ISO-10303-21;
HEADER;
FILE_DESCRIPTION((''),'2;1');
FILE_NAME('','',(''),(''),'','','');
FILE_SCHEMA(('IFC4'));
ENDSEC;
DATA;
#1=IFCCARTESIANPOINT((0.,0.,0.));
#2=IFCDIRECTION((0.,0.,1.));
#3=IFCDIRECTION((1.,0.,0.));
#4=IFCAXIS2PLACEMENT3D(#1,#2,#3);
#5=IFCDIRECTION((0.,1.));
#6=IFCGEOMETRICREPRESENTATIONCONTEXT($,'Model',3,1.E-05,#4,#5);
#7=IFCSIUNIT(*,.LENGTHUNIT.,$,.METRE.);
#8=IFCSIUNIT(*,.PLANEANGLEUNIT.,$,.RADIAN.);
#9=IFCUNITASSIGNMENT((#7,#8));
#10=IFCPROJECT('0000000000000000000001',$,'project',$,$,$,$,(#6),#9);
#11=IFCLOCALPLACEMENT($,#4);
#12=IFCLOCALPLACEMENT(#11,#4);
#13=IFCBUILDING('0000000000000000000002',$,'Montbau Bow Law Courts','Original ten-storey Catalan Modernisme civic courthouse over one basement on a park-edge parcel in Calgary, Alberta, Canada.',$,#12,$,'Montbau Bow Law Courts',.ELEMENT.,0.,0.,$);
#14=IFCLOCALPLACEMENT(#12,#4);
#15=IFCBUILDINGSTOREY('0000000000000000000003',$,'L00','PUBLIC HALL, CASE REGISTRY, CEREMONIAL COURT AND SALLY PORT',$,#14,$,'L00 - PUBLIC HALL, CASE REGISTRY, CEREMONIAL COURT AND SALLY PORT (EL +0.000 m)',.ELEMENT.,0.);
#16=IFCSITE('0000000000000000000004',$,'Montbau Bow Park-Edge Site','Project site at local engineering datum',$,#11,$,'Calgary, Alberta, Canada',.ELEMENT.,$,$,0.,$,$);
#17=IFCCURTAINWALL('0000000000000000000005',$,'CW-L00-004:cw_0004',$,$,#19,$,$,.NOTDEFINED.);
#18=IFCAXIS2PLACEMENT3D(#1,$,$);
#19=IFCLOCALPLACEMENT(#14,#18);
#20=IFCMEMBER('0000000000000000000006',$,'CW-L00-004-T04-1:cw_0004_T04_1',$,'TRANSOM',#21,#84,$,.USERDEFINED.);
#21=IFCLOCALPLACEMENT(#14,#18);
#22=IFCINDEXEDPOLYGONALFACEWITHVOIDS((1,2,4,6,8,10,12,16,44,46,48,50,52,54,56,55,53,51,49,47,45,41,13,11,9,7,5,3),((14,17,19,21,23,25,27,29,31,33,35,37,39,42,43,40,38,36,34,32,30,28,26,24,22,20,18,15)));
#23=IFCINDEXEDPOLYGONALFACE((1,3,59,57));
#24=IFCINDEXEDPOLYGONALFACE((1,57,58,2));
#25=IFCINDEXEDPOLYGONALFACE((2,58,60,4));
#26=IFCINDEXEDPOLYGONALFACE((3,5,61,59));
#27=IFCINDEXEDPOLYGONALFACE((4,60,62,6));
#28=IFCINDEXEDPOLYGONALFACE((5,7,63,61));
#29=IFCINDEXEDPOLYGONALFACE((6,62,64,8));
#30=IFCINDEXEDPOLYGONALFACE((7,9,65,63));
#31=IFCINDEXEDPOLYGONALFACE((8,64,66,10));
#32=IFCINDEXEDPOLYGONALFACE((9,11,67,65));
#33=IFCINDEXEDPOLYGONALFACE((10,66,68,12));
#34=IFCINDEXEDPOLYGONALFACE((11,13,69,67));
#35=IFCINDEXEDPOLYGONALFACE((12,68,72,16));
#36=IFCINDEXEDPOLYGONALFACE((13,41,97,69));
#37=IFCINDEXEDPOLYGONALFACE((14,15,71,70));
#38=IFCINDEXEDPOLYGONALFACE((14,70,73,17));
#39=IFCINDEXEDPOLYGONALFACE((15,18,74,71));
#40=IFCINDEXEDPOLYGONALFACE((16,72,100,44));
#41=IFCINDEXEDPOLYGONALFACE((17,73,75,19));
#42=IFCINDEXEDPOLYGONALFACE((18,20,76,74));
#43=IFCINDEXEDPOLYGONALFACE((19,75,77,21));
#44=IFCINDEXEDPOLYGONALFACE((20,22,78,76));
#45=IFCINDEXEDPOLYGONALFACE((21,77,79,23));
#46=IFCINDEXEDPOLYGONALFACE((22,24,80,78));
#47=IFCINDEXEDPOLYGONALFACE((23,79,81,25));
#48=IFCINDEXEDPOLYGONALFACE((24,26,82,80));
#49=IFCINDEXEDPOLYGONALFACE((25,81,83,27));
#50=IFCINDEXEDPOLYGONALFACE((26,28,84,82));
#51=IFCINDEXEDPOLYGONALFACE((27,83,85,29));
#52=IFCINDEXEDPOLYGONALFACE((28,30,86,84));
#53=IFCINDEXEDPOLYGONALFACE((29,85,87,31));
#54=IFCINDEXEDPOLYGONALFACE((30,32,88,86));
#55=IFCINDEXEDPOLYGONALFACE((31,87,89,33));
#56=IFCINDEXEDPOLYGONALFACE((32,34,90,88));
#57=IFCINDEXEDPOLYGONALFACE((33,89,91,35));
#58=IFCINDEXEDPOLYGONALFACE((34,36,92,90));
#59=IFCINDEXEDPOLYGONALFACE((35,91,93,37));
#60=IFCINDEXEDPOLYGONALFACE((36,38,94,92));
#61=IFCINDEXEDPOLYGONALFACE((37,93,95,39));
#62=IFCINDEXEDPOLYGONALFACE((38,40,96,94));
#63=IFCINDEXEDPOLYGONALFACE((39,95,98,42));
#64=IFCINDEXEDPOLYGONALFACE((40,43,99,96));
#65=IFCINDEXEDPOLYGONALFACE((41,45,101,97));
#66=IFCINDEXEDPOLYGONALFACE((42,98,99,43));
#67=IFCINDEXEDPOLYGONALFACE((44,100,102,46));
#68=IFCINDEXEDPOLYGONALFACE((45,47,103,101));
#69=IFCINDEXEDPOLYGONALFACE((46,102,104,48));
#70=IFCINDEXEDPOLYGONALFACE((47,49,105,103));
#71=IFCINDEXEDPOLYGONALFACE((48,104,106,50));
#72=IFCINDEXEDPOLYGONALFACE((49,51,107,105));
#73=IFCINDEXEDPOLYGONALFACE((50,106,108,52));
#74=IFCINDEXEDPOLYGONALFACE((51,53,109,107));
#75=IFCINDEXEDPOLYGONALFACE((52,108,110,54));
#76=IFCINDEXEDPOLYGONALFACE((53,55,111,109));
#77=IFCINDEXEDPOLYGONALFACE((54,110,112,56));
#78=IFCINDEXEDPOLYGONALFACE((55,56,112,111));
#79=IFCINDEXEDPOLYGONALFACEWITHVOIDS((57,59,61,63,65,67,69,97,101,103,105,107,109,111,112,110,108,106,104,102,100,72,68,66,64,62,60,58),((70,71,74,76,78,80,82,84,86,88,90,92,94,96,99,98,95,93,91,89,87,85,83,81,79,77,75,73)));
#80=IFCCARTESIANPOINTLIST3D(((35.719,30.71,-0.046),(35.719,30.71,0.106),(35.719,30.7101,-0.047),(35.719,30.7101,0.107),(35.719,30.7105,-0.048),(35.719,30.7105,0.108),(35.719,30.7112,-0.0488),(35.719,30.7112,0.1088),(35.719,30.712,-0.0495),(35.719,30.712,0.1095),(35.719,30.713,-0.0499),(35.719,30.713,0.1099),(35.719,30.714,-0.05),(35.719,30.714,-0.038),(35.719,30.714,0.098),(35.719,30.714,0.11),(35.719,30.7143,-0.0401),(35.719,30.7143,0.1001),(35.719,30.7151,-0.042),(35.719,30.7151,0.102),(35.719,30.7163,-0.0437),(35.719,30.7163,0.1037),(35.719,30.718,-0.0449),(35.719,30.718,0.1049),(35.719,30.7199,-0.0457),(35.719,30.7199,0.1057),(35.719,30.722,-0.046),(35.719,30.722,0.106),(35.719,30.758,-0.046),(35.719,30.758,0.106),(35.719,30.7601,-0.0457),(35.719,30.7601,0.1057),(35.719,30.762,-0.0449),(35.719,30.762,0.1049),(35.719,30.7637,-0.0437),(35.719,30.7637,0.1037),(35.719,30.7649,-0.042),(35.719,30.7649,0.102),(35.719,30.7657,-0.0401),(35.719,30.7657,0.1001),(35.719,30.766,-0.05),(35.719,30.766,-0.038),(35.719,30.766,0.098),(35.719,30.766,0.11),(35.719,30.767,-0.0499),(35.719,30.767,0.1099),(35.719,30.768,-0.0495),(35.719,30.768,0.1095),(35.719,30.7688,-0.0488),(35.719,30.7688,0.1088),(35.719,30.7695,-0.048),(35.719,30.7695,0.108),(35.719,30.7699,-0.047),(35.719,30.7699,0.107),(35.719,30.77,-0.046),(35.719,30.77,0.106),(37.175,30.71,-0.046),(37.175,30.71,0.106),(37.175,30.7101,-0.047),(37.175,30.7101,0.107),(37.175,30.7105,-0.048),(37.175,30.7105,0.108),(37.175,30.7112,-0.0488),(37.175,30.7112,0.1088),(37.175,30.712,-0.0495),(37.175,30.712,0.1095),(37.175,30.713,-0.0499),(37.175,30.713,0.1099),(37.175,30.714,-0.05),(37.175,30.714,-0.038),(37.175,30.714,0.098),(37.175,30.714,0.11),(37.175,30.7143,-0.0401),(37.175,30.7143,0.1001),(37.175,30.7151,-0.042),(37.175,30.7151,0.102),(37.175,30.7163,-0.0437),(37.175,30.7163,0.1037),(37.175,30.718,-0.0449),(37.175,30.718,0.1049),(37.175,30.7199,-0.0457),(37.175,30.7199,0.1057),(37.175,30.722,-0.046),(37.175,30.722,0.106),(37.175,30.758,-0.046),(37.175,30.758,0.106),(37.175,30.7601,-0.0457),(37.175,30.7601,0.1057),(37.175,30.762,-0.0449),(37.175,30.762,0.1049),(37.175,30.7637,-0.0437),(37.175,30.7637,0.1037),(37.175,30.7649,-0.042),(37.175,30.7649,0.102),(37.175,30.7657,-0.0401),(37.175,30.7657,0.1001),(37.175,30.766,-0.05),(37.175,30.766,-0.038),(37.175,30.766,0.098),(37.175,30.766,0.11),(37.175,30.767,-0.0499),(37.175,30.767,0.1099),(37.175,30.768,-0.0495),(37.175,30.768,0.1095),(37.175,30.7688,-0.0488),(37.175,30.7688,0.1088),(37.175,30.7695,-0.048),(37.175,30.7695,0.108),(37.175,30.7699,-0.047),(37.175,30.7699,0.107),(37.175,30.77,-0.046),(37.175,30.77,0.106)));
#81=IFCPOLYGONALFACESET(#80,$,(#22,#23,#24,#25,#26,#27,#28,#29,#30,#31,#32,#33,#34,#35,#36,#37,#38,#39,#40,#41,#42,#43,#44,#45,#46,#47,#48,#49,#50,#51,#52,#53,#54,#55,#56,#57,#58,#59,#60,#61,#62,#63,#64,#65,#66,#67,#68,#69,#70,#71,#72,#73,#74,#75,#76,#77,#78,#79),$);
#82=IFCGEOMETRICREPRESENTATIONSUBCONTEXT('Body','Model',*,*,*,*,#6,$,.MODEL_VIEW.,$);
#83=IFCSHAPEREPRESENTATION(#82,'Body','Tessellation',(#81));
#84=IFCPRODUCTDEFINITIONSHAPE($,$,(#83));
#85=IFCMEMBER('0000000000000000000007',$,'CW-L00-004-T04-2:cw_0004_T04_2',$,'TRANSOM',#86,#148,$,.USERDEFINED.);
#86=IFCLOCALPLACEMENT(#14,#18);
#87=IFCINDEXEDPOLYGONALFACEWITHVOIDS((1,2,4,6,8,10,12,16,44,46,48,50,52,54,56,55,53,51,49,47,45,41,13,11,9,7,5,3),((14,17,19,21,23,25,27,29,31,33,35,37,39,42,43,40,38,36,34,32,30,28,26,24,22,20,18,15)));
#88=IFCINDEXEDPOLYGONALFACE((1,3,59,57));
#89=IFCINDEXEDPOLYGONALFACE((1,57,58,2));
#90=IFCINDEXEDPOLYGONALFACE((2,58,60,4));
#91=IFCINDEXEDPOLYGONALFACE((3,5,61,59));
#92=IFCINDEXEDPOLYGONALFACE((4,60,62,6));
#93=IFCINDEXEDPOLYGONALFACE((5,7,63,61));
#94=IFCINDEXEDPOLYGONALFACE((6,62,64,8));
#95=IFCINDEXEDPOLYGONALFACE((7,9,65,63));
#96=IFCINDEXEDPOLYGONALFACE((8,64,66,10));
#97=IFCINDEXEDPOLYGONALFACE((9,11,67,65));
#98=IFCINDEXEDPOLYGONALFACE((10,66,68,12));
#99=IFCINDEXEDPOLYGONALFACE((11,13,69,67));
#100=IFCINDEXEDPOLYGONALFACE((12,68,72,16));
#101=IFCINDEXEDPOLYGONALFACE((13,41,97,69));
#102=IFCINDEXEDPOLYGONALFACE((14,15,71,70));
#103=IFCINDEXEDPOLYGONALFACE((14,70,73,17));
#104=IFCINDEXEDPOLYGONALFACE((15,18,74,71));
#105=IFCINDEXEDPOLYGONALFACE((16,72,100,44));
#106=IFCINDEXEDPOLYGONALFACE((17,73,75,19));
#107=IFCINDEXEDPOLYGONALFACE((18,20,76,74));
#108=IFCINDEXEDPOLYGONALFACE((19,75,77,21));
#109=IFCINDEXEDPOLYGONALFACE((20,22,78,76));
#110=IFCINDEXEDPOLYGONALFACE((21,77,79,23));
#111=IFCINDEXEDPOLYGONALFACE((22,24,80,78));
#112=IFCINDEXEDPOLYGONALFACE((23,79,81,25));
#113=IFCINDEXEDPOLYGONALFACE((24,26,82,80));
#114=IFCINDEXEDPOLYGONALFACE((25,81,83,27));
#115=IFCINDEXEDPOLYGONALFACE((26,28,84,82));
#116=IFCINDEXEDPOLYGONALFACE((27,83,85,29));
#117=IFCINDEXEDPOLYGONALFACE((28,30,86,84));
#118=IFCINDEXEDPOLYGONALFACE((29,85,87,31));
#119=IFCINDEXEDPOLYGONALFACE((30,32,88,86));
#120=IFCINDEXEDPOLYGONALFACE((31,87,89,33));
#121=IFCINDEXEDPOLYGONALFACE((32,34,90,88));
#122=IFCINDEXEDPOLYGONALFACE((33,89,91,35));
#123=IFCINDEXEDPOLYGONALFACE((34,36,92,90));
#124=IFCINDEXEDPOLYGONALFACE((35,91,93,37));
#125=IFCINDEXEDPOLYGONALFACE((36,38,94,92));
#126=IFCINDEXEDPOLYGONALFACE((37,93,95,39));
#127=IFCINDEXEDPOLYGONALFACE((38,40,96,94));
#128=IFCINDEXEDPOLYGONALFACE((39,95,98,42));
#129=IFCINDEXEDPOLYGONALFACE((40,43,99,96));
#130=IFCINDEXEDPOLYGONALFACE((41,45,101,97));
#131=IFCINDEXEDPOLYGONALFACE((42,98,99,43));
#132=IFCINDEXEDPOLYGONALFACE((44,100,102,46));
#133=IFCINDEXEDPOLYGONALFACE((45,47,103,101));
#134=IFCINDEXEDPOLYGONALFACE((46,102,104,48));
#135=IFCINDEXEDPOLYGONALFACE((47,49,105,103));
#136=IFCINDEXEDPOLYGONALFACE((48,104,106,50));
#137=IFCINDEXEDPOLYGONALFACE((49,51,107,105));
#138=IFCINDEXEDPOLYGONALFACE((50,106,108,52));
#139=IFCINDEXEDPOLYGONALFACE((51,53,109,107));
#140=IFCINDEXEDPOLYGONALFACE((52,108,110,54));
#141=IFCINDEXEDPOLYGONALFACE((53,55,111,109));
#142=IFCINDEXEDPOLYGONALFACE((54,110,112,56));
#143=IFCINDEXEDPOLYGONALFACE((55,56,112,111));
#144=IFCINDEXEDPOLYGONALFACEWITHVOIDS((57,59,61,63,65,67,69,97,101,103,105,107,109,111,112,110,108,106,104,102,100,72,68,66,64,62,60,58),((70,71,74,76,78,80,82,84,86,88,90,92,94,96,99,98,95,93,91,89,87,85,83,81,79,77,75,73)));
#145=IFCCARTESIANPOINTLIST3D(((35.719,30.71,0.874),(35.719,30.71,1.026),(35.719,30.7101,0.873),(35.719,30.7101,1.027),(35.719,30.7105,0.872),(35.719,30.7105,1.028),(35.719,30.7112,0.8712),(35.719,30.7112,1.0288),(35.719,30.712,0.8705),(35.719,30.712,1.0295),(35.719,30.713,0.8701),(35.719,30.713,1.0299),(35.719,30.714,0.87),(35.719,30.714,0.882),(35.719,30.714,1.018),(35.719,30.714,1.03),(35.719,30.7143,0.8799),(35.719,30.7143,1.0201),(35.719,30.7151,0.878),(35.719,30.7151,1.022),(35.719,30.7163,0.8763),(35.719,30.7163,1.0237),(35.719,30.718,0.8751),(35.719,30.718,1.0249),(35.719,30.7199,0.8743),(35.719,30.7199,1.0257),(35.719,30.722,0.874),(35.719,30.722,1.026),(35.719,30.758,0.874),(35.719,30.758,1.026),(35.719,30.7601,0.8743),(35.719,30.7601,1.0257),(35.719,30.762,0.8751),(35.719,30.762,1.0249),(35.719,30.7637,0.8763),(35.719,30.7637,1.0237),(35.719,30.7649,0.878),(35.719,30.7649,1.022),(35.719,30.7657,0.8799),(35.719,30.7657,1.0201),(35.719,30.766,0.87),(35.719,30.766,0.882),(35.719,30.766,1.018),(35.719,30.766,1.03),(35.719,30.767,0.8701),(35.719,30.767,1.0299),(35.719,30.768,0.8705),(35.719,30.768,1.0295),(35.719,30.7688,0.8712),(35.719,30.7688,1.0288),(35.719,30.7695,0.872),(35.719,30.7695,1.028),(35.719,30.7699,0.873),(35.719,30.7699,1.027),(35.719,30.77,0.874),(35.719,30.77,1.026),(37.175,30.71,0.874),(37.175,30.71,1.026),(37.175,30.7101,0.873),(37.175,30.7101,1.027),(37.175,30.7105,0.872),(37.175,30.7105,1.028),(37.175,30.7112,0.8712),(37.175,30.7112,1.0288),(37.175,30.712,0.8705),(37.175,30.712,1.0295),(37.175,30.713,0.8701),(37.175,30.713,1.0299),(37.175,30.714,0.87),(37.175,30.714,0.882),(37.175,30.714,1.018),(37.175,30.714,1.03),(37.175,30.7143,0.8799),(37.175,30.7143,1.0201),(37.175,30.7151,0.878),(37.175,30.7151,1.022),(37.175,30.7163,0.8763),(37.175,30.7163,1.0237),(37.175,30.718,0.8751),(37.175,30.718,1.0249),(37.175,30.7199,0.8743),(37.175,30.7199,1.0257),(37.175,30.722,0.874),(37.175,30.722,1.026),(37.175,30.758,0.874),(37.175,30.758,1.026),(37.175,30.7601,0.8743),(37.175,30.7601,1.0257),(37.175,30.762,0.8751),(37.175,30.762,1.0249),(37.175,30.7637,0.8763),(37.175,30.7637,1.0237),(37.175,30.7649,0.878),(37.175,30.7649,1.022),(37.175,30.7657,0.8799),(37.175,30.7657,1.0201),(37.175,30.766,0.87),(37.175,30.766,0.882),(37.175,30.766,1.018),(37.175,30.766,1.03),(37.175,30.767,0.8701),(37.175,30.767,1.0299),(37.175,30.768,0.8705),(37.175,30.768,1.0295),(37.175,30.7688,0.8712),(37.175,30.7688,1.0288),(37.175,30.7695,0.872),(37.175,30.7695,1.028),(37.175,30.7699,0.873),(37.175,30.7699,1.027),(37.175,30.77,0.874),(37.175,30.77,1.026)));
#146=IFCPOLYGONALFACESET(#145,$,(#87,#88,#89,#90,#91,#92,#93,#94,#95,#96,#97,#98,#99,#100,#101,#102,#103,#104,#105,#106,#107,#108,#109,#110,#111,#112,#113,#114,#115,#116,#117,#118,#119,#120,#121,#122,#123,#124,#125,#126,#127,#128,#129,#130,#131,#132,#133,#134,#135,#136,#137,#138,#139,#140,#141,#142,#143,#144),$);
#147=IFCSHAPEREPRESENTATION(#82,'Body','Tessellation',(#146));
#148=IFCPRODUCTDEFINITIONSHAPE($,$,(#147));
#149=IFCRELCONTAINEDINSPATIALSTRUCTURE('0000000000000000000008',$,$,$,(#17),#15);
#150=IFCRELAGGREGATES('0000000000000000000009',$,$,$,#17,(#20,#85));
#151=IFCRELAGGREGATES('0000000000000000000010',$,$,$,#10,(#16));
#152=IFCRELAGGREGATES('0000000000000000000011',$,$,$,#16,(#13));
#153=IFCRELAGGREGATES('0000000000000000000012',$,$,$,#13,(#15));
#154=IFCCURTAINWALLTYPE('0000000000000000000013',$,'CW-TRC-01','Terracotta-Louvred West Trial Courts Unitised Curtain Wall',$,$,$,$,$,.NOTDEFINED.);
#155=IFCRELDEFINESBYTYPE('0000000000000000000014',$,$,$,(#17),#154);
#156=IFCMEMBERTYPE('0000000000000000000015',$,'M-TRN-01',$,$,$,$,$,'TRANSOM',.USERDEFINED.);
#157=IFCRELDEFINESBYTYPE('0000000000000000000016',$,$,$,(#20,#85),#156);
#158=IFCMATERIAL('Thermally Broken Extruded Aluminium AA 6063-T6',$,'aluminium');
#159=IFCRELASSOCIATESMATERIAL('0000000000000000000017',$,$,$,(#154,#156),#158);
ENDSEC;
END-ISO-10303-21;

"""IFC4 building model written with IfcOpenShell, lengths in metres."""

from ifc_helpers import new_model, si_unit, direction, frame, origin_with_axes, origin_2d_with_axis, place, context, subcontext, project, spatial, hollow_rectangle, extrude, material, material_profile, profile_set, type_object, element, aggregate, save


model = new_model("IFC4")

# Units and contexts
model_context = context("Model", 3, precision=1e-05, world=origin_with_axes(), true_north=direction((0.0, 1.0)))
body_context = subcontext(model_context, "Body", "Model", "MODEL_VIEW")
ifc_project = project(units=[si_unit("LENGTHUNIT", "METRE"), si_unit("PLANEANGLEUNIT", "RADIAN")], contexts=[model_context])

# Site, building, storey
site_placement = place(None, origin_with_axes())
site = spatial("IfcSite", under=ifc_project, at=site_placement, Name="Montbau Bow Park-Edge Site", Description="Project site at local engineering datum", LongName="Calgary, Alberta, Canada", CompositionType="ELEMENT", RefElevation=0.0)
building_placement = place(site_placement, origin_with_axes())
building = spatial("IfcBuilding", under=site, at=building_placement, Name="Montbau Bow Law Courts", Description="Original ten-storey Catalan Modernisme civic courthouse over one basement on a park-edge parcel in Calgary, Alberta, Canada.", LongName="Montbau Bow Law Courts", CompositionType="ELEMENT", ElevationOfRefHeight=0.0, ElevationOfTerrain=0.0)
storey_placement = place(building_placement, origin_with_axes())
storey = spatial("IfcBuildingStorey", under=building, at=storey_placement, Name="L00", Description="PUBLIC HALL, CASE REGISTRY, CEREMONIAL COURT AND SALLY PORT", LongName="L00 - PUBLIC HALL, CASE REGISTRY, CEREMONIAL COURT AND SALLY PORT (EL +0.000 m)", CompositionType="ELEMENT", Elevation=0.0)

# Curtain wall, members
ifc_material_1 = material(Name="Thermally Broken Extruded Aluminium AA 6063-T6", Category="aluminium")
curtain_wall_type = type_object("IfcCurtainWallType", Name="CW-TRC-01", Description="Terracotta-Louvred West Trial Courts Unitised Curtain Wall", PredefinedType="NOTDEFINED", material=ifc_material_1)
curtain_wall_placement = place(None, frame((31.115, 30.74, 0.0), z_axis=(0.0, 0.0, 1.0), x_axis=(1.0, 0.0, 0.0)))
curtain_wall = element("IfcCurtainWall", 1, at=curtain_wall_placement, inside=storey, type_object=curtain_wall_type, Name="CW-L00-004:cw_0004", PredefinedType="NOTDEFINED")
ifc_material_profile_1 = material_profile(ifc_material_1, hollow_rectangle(XDim=0.06, YDim=0.16, WallThickness=0.004, InnerFilletRadius=0.008, OuterFilletRadius=0.004, at=origin_2d_with_axis()), Name="CWT-160X60", Category="Main", Priority=0)
ifc_profile_set_1 = profile_set([ifc_material_profile_1], Name="Thermally Broken Extruded Aluminium AA 6063-T6")
member_type_1 = type_object("IfcMemberType", Name="M-TRN-01", ElementType="TRANSOM", PredefinedType="USERDEFINED", material=ifc_profile_set_1)
member_1_placement = place(None, frame((35.719, 30.74, 0.03), z_axis=(1.0, 0.0, 0.0), x_axis=(0.0, 1.0, 0.0)))
member_1 = element("IfcMember", 2, at=member_1_placement, type_object=member_type_1, Name="CW-L00-004-T04-1:cw_0004_T04_1", ObjectType="TRANSOM", PredefinedType="USERDEFINED", context=body_context, shape_type="SweptSolid", body=[
    extrude(hollow_rectangle(XDim=0.06, YDim=0.16, WallThickness=0.004, InnerFilletRadius=0.008, OuterFilletRadius=0.004, at=origin_2d_with_axis()), origin_with_axes(), (0.0, 0.0, 1.0), 1.456),
])
member_2_placement = place(None, frame((35.719, 30.74, 0.95), z_axis=(1.0, 0.0, 0.0), x_axis=(0.0, 1.0, 0.0)))
member_2 = element("IfcMember", 3, at=member_2_placement, type_object=member_type_1, Name="CW-L00-004-T04-2:cw_0004_T04_2", ObjectType="TRANSOM", PredefinedType="USERDEFINED", context=body_context, shape_type="SweptSolid", body=[
    extrude(hollow_rectangle(XDim=0.06, YDim=0.16, WallThickness=0.004, InnerFilletRadius=0.008, OuterFilletRadius=0.004, at=origin_2d_with_axis()), origin_with_axes(), (0.0, 0.0, 1.0), 1.456),
])
aggregate(curtain_wall, [member_1, member_2])

save(model, "model.ifc")
